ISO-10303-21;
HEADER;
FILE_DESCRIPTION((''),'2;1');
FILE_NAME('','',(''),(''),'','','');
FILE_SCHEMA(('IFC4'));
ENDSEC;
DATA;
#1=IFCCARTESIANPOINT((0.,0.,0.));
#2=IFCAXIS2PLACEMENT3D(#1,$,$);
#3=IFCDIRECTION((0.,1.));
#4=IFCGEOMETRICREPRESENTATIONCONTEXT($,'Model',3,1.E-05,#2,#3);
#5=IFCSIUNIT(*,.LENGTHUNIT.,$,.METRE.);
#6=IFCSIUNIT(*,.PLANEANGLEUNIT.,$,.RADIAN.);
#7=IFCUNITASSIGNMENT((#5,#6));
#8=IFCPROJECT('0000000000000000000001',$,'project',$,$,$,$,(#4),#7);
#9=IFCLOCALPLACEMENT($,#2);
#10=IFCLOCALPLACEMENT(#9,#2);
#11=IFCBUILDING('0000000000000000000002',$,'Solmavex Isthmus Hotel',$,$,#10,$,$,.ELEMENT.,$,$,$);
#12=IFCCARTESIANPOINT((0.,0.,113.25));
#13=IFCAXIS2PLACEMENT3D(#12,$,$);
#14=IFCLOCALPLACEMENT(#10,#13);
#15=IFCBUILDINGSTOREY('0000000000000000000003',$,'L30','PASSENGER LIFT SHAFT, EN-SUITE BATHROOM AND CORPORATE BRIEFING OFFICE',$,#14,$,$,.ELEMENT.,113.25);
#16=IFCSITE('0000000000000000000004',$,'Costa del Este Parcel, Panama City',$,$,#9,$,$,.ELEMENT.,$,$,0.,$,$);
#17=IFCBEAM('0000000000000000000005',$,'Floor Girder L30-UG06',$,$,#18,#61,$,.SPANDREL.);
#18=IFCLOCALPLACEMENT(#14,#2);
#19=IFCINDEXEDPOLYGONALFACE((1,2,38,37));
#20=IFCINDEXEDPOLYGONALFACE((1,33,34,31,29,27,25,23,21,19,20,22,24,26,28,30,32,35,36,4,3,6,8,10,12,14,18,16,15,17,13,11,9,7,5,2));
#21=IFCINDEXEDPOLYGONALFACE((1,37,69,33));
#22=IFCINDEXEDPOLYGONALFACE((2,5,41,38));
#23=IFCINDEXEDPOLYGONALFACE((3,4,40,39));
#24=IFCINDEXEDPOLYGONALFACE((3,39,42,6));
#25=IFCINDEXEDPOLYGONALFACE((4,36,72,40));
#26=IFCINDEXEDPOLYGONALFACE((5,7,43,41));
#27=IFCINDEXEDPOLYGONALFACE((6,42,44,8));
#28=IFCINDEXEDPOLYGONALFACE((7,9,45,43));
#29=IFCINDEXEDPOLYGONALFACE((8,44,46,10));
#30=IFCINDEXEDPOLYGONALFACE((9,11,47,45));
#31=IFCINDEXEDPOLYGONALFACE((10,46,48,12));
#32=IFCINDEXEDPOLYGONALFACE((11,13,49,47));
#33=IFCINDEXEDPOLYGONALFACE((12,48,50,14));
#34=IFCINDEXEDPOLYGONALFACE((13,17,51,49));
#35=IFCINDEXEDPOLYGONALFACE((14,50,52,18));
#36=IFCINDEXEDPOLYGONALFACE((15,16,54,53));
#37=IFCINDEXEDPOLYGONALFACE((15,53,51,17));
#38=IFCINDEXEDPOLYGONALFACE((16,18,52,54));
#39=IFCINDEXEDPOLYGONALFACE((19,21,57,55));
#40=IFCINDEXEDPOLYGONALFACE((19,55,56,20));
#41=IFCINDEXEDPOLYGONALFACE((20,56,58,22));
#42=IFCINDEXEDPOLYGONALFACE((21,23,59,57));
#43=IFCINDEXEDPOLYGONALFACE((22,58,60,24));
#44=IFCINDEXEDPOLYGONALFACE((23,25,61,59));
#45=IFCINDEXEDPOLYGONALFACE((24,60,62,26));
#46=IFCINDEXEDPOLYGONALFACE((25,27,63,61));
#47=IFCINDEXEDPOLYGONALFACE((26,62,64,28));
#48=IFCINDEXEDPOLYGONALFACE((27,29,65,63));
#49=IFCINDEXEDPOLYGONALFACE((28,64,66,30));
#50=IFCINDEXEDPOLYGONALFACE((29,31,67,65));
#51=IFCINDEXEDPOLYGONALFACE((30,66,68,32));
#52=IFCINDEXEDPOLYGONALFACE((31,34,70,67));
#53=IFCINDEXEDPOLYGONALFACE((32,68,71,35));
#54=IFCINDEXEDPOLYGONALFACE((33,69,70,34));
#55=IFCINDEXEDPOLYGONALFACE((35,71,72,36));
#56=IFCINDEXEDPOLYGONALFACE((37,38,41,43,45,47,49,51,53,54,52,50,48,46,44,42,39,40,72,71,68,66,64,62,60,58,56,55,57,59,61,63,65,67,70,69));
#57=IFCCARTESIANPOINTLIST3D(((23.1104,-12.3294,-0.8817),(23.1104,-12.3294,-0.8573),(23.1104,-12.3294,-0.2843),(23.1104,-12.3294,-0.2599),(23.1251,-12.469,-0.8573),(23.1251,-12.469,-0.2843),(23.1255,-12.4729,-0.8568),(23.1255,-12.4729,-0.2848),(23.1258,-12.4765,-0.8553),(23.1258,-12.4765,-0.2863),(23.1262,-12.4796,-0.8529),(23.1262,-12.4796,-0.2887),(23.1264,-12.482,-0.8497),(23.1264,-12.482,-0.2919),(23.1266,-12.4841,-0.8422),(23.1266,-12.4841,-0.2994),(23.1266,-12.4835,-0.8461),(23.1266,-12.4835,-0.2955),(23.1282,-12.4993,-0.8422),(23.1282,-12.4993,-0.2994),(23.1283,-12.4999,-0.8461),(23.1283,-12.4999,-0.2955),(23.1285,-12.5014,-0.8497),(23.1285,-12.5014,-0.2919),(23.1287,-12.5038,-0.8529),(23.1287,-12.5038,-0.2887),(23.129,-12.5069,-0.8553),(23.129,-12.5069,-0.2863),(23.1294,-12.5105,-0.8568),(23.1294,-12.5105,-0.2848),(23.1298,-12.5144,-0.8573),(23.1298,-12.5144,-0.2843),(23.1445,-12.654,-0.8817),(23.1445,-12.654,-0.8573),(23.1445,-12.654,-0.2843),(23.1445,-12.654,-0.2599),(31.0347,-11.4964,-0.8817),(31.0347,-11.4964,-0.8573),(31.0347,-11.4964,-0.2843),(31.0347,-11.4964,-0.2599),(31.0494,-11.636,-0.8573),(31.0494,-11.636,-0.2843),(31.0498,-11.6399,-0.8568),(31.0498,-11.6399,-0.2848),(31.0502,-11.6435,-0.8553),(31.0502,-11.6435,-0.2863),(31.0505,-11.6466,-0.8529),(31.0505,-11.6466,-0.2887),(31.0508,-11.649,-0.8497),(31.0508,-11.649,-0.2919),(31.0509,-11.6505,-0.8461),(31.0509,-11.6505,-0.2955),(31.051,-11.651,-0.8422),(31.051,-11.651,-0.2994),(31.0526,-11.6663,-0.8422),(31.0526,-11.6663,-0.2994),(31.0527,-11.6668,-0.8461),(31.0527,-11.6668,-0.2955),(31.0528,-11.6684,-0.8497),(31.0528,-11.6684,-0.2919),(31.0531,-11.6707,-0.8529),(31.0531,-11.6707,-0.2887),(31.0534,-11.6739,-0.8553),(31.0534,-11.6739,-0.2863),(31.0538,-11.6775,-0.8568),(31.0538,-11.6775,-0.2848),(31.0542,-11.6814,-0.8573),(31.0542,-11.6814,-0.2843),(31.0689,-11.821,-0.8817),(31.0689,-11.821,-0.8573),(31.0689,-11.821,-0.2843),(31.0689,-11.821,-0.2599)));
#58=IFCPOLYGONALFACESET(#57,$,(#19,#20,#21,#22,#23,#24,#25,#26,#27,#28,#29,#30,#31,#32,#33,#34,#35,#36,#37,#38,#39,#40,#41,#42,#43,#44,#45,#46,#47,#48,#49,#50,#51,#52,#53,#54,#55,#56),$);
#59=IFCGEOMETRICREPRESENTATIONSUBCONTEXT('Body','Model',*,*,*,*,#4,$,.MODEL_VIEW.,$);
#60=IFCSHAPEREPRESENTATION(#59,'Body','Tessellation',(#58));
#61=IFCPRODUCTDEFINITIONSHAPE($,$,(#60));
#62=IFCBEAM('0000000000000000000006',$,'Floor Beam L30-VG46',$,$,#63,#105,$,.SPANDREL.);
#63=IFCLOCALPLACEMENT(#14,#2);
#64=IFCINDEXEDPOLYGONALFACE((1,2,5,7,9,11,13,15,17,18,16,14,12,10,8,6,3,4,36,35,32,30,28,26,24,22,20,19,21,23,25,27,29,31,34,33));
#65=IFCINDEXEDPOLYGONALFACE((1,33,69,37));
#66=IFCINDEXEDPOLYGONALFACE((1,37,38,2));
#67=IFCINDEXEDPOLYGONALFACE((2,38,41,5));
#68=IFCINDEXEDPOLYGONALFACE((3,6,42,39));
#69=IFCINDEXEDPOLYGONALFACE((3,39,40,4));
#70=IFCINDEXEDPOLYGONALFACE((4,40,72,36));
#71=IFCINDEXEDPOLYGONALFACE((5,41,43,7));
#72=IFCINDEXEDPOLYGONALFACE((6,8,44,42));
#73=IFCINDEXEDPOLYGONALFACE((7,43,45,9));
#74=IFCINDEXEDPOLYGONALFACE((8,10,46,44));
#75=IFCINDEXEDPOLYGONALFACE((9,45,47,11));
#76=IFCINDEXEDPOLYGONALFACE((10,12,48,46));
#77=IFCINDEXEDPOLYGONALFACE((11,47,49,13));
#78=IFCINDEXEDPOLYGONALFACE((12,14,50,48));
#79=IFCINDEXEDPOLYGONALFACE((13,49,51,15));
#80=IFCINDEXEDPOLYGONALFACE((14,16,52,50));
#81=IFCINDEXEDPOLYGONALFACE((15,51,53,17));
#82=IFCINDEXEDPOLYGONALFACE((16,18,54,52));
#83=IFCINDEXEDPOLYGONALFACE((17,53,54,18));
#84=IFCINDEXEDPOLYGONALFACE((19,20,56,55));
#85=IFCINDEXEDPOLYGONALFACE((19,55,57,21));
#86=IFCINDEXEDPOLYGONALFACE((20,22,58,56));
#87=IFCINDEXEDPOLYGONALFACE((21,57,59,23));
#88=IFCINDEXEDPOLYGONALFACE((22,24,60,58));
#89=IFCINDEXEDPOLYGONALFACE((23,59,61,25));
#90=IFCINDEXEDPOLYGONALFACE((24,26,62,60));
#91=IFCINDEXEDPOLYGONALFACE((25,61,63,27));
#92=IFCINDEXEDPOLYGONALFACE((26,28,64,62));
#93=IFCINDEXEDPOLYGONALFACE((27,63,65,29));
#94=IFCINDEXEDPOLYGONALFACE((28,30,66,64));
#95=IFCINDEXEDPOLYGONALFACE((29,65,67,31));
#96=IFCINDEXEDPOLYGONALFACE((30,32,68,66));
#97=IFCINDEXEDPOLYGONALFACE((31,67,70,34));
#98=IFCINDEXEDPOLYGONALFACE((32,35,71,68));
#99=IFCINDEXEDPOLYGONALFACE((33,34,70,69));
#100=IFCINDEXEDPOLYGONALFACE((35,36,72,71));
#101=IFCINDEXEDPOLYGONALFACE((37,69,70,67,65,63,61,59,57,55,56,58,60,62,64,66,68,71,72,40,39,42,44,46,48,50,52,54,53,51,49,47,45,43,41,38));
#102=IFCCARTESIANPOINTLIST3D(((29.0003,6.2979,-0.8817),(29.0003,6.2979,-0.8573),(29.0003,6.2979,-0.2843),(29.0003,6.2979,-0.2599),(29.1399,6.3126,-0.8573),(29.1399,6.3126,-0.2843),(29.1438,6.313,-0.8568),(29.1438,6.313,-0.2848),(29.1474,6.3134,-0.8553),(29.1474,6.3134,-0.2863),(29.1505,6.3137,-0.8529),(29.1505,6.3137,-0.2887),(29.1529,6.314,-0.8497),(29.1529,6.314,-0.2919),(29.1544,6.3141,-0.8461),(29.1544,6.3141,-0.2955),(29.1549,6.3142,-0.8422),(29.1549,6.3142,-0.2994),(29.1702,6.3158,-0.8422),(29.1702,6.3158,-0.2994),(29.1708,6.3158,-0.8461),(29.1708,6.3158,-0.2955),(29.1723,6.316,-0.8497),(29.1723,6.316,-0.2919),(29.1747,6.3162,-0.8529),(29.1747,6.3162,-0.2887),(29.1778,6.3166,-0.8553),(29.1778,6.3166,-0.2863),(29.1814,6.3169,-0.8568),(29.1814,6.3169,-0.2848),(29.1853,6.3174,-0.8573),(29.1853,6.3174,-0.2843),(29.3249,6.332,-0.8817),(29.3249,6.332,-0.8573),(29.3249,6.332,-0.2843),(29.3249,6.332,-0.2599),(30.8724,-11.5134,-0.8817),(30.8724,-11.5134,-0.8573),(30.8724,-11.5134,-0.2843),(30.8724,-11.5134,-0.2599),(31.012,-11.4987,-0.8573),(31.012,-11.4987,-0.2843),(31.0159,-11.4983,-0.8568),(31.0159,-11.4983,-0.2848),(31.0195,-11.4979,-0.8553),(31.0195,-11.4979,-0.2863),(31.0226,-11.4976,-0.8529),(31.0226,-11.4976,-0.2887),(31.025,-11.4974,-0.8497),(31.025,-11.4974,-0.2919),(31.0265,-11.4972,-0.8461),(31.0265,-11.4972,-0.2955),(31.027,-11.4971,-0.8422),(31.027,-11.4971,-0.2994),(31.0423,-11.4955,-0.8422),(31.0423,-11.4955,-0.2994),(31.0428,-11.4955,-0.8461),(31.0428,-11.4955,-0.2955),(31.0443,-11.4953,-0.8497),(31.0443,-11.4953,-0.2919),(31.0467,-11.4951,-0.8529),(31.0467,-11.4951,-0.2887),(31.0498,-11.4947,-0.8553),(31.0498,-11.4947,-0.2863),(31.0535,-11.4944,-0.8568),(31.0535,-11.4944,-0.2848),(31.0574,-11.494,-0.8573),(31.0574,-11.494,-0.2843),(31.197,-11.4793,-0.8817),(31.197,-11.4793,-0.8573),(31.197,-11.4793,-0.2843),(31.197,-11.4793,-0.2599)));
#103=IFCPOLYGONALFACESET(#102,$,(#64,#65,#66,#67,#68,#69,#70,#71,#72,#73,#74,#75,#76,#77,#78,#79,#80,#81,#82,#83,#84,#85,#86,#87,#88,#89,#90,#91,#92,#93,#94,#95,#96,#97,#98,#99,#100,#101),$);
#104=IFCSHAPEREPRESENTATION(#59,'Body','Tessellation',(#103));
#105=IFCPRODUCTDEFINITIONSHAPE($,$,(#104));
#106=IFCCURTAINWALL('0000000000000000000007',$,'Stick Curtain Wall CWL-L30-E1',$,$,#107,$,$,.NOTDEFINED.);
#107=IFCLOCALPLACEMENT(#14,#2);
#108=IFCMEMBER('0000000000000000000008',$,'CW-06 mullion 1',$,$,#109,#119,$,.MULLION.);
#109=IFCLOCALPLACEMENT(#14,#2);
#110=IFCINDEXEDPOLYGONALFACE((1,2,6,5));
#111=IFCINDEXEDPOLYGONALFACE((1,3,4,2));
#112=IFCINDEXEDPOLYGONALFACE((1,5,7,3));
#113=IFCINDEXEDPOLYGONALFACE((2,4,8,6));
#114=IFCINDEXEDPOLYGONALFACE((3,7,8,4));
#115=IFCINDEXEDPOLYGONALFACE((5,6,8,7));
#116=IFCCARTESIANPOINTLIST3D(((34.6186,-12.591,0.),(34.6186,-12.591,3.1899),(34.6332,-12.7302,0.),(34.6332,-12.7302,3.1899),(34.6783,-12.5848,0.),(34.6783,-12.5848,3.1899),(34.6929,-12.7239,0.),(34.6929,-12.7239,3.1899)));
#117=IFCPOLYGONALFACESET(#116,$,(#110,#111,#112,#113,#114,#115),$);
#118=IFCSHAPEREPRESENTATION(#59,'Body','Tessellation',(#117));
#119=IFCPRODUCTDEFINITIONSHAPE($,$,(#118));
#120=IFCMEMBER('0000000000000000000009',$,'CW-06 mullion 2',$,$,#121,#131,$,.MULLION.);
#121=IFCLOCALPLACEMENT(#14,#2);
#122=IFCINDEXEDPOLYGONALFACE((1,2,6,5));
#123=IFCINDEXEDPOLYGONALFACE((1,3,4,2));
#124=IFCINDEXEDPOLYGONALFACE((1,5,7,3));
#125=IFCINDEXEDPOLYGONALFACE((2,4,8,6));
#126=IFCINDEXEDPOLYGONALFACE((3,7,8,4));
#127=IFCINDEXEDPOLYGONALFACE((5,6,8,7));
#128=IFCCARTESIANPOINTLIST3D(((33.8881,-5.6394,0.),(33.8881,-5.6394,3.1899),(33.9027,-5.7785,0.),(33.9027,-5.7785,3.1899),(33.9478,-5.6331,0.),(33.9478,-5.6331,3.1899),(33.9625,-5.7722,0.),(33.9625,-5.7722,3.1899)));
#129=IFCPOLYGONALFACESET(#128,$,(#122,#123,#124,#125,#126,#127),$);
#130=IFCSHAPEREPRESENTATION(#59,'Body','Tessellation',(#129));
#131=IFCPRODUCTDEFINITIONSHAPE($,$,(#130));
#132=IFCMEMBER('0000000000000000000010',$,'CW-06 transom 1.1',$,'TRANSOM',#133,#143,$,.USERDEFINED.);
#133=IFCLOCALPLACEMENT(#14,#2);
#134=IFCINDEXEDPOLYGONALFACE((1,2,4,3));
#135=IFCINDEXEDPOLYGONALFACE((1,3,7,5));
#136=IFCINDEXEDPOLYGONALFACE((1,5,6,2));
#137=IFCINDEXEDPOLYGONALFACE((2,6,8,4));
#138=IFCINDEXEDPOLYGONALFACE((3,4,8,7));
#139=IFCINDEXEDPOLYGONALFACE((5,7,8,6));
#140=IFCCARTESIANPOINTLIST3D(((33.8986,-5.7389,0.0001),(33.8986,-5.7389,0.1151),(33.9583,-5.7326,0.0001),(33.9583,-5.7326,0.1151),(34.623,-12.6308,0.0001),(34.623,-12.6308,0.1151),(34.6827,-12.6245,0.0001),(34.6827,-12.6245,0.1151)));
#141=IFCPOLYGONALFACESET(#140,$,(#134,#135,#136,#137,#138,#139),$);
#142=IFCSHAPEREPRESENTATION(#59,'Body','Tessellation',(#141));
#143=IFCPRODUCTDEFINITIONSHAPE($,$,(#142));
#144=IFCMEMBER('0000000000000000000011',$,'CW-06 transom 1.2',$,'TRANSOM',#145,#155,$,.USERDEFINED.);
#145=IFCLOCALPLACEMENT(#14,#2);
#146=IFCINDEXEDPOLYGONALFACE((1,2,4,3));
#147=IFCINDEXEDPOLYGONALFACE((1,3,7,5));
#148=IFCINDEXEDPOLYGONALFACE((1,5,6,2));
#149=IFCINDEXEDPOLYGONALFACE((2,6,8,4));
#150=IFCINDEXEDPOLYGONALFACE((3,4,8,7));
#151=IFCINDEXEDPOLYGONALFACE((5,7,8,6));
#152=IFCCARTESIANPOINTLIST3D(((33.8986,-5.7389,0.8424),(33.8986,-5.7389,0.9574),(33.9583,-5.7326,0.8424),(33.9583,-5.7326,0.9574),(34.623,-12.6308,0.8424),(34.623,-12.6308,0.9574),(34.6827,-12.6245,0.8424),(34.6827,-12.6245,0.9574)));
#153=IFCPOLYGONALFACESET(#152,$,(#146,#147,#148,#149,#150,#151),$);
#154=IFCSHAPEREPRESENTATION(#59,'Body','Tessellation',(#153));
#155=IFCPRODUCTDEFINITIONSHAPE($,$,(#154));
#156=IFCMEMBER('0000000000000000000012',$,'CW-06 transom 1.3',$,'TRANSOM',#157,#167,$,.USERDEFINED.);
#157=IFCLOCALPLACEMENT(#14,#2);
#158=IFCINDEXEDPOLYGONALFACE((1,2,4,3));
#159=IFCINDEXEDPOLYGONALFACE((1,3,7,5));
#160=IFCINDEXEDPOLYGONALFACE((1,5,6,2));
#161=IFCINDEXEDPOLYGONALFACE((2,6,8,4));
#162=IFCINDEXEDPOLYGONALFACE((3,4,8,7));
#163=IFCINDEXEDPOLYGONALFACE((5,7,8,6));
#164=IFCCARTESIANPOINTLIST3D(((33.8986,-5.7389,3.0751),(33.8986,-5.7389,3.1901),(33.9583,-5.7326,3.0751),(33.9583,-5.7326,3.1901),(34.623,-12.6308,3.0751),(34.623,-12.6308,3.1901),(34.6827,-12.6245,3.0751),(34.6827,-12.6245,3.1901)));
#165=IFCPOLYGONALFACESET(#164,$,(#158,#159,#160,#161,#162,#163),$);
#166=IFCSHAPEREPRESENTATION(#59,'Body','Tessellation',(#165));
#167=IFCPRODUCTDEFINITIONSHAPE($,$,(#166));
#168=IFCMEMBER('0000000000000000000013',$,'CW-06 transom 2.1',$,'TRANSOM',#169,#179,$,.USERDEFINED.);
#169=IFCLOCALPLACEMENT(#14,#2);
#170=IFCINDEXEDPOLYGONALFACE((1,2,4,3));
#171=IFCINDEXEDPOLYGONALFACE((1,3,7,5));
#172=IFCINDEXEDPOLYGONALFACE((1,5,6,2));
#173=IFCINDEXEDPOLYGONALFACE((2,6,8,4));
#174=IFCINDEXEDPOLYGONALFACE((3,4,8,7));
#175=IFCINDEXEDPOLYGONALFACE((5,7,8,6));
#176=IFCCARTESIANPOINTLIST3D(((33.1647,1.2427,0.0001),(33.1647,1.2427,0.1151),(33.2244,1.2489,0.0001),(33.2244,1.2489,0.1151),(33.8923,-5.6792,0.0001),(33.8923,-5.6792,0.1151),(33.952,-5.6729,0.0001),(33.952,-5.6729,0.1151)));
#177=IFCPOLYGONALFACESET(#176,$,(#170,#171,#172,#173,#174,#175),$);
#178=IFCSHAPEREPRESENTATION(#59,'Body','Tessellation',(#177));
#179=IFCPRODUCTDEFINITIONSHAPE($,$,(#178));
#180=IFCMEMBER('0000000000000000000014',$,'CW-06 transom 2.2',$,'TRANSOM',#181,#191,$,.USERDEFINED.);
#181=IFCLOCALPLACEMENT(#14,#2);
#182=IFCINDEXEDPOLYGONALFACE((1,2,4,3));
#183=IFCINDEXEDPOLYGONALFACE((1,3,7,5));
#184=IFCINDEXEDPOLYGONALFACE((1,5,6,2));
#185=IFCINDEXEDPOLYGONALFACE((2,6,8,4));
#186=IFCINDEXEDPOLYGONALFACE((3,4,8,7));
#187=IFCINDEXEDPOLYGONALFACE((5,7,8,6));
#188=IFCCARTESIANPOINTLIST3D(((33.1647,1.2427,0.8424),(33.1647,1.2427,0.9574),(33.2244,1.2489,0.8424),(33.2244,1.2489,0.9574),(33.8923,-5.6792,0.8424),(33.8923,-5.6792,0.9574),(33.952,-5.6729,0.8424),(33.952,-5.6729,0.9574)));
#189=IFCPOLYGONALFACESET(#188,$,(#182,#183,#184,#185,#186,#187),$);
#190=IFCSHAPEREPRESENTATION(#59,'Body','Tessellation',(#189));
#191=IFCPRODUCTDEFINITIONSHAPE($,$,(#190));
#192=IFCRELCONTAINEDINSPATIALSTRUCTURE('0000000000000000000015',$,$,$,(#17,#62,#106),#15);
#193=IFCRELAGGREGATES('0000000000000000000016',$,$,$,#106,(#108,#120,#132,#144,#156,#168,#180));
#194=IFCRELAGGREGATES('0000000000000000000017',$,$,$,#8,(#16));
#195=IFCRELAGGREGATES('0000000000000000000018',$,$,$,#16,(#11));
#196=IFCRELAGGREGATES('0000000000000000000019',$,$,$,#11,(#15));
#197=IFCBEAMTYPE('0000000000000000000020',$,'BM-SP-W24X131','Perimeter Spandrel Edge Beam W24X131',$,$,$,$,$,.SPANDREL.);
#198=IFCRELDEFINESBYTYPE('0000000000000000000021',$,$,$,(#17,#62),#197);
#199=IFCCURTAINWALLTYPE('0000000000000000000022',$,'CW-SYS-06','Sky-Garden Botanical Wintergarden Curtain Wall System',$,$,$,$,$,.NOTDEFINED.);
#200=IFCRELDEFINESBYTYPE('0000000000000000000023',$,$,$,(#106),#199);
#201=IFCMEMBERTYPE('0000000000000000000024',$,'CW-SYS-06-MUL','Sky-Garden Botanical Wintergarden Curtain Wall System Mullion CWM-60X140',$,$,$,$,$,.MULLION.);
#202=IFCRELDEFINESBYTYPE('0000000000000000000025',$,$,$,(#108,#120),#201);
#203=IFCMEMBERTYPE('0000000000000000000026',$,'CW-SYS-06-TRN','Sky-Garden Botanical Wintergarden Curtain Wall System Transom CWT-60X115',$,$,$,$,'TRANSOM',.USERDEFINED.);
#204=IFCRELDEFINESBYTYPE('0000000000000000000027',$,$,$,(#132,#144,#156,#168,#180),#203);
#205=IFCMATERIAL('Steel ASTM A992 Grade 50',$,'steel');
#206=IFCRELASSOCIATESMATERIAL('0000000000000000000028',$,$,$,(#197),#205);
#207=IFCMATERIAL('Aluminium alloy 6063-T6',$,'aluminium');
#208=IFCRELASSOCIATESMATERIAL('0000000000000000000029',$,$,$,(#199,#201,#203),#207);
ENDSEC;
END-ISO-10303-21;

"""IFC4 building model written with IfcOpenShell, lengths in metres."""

from ifc_helpers import new_model, si_unit, direction, frame, origin, origin_2d, place, context, subcontext, project, spatial, rectangle, i_section, extrude, material, material_profile, profile_set, type_object, element, aggregate, save


model = new_model("IFC4")

# Units and contexts
model_context = context("Model", 3, precision=1e-05, world=origin(), true_north=direction((0.0, 1.0)))
body_context = subcontext(model_context, "Body", "Model", "MODEL_VIEW")
ifc_project = project(units=[si_unit("LENGTHUNIT", "METRE"), si_unit("PLANEANGLEUNIT", "RADIAN")], contexts=[model_context])

# Site, building, storey
site_placement = place(None, origin())
site = spatial("IfcSite", under=ifc_project, at=site_placement, Name="Costa del Este Parcel, Panama City", CompositionType="ELEMENT", RefElevation=0.0)
building_placement = place(site_placement, origin())
building = spatial("IfcBuilding", under=site, at=building_placement, Name="Solmavex Isthmus Hotel", CompositionType="ELEMENT")
storey_placement = place(building_placement, frame((0.0, 0.0, 113.25)))
storey = spatial("IfcBuildingStorey", under=building, at=storey_placement, Name="L30", Description="PASSENGER LIFT SHAFT, EN-SUITE BATHROOM AND CORPORATE BRIEFING OFFICE", CompositionType="ELEMENT", Elevation=113.25)

# Beams
ifc_material_1 = material(Name="Steel ASTM A992 Grade 50", Category="steel")
ifc_material_profile_1 = material_profile(ifc_material_1, i_section(OverallWidth=0.3264, OverallDepth=0.6218, WebThickness=0.0154, FlangeThickness=0.0244, FilletRadius=0.0151, at=origin_2d()), Name="W24X131")
ifc_profile_set_1 = profile_set([ifc_material_profile_1], Name="Steel ASTM A992 Grade 50")
beam_type_1 = type_object("IfcBeamType", Name="BM-SP-W24X131", Description="Perimeter Spandrel Edge Beam W24X131", PredefinedType="SPANDREL", material=ifc_profile_set_1)
beam_1_placement = place(storey_placement, frame((23.1274, -12.4917, -0.5708), z_axis=(0.99452, 0.104544, 0.0), x_axis=(-0.104544, 0.99452, 0.0)))
element("IfcBeam", 1, at=beam_1_placement, inside=storey, type_object=beam_type_1, Name="Floor Girder L30-UG06", PredefinedType="SPANDREL", context=body_context, shape_type="SweptSolid", body=[
    extrude(i_section(OverallWidth=0.3264, OverallDepth=0.6218, WebThickness=0.0154, FlangeThickness=0.0244, FilletRadius=0.0151, at=origin_2d()), origin(), (0.0, 0.0, 1.0), 7.968),
])
beam_2_placement = place(storey_placement, frame((31.0347, -11.4963, -0.5708), z_axis=(-0.10453, 0.994522, 0.0), x_axis=(-0.994522, -0.10453, 0.0)))
element("IfcBeam", 2, at=beam_2_placement, inside=storey, type_object=beam_type_1, Name="Floor Beam L30-VG46", PredefinedType="SPANDREL", context=body_context, shape_type="SweptSolid", body=[
    extrude(i_section(OverallWidth=0.3264, OverallDepth=0.6218, WebThickness=0.0154, FlangeThickness=0.0244, FilletRadius=0.0151, at=origin_2d()), origin(), (0.0, 0.0, 1.0), 17.9094),
])

# Curtain wall, members
ifc_material_2 = material(Name="Aluminium alloy 6063-T6", Category="aluminium")
curtain_wall_type = type_object("IfcCurtainWallType", Name="CW-SYS-06", Description="Sky-Garden Botanical Wintergarden Curtain Wall System", PredefinedType="NOTDEFINED", material=ifc_material_2)
curtain_wall_placement = place(storey_placement, origin())
curtain_wall = element("IfcCurtainWall", 3, at=curtain_wall_placement, inside=storey, type_object=curtain_wall_type, Name="Stick Curtain Wall CWL-L30-E1", PredefinedType="NOTDEFINED")
ifc_material_profile_2 = material_profile(ifc_material_2, rectangle(XDim=0.0601, YDim=0.1399, at=origin_2d()), Name="CWM-60X140")
ifc_profile_set_2 = profile_set([ifc_material_profile_2], Name="Aluminium alloy 6063-T6")
member_type_1 = type_object("IfcMemberType", Name="CW-SYS-06-MUL", Description="Sky-Garden Botanical Wintergarden Curtain Wall System Mullion CWM-60X140", PredefinedType="MULLION", material=ifc_profile_set_2)
member_1_placement = place(storey_placement, frame((34.6558, -12.6575, 0.0), z_axis=(0.0, 0.0, 1.0), x_axis=(-0.994522, -0.104528, 0.0)))
member_1 = element("IfcMember", 4, at=member_1_placement, type_object=member_type_1, Name="CW-06 mullion 1", PredefinedType="MULLION", context=body_context, shape_type="SweptSolid", body=[
    extrude(rectangle(XDim=0.0601, YDim=0.1399, at=origin_2d()), origin(), (0.0, 0.0, 1.0), 3.1899),
])
member_2_placement = place(storey_placement, frame((33.9253, -5.7058, 0.0), z_axis=(0.0, 0.0, 1.0), x_axis=(-0.994522, -0.104528, 0.0)))
member_2 = element("IfcMember", 5, at=member_2_placement, type_object=member_type_1, Name="CW-06 mullion 2", PredefinedType="MULLION", context=body_context, shape_type="SweptSolid", body=[
    extrude(rectangle(XDim=0.0601, YDim=0.1399, at=origin_2d()), origin(), (0.0, 0.0, 1.0), 3.1899),
])
ifc_material_profile_3 = material_profile(ifc_material_2, rectangle(XDim=0.0601, YDim=0.115, at=origin_2d()), Name="CWT-60X115")
ifc_profile_set_3 = profile_set([ifc_material_profile_3], Name="Aluminium alloy 6063-T6")
member_type_2 = type_object("IfcMemberType", Name="CW-SYS-06-TRN", Description="Sky-Garden Botanical Wintergarden Curtain Wall System Transom CWT-60X115", ElementType="TRANSOM", PredefinedType="USERDEFINED", material=ifc_profile_set_3)
member_3_placement = place(storey_placement, frame((34.6528, -12.6277, 0.0576), z_axis=(-0.104525, 0.994522, 0.0), x_axis=(-0.994522, -0.104525, 0.0)))
member_3 = element("IfcMember", 6, at=member_3_placement, type_object=member_type_2, Name="CW-06 transom 1.1", ObjectType="TRANSOM", PredefinedType="USERDEFINED", context=body_context, shape_type="SweptSolid", body=[
    extrude(rectangle(XDim=0.0601, YDim=0.115, at=origin_2d()), origin(), (0.0, 0.0, 1.0), 6.9299),
])
member_4_placement = place(storey_placement, frame((34.6528, -12.6277, 0.8999), z_axis=(-0.104525, 0.994522, 0.0), x_axis=(-0.994522, -0.104525, 0.0)))
member_4 = element("IfcMember", 7, at=member_4_placement, type_object=member_type_2, Name="CW-06 transom 1.2", ObjectType="TRANSOM", PredefinedType="USERDEFINED", context=body_context, shape_type="SweptSolid", body=[
    extrude(rectangle(XDim=0.0601, YDim=0.115, at=origin_2d()), origin(), (0.0, 0.0, 1.0), 6.9299),
])
member_5_placement = place(storey_placement, frame((34.6528, -12.6277, 3.1326), z_axis=(-0.104525, 0.994522, 0.0), x_axis=(-0.994522, -0.104525, 0.0)))
member_5 = element("IfcMember", 8, at=member_5_placement, type_object=member_type_2, Name="CW-06 transom 1.3", ObjectType="TRANSOM", PredefinedType="USERDEFINED", context=body_context, shape_type="SweptSolid", body=[
    extrude(rectangle(XDim=0.0601, YDim=0.115, at=origin_2d()), origin(), (0.0, 0.0, 1.0), 6.9299),
])
member_6_placement = place(storey_placement, frame((33.9221, -5.676, 0.0576), z_axis=(-0.104531, 0.994522, 0.0), x_axis=(-0.994522, -0.104531, 0.0)))
member_6 = element("IfcMember", 9, at=member_6_placement, type_object=member_type_2, Name="CW-06 transom 2.1", ObjectType="TRANSOM", PredefinedType="USERDEFINED", context=body_context, shape_type="SweptSolid", body=[
    extrude(rectangle(XDim=0.0601, YDim=0.115, at=origin_2d()), origin(), (0.0, 0.0, 1.0), 6.96),
])
member_7_placement = place(storey_placement, frame((33.9221, -5.676, 0.8999), z_axis=(-0.104531, 0.994522, 0.0), x_axis=(-0.994522, -0.104531, 0.0)))
member_7 = element("IfcMember", 10, at=member_7_placement, type_object=member_type_2, Name="CW-06 transom 2.2", ObjectType="TRANSOM", PredefinedType="USERDEFINED", context=body_context, shape_type="SweptSolid", body=[
    extrude(rectangle(XDim=0.0601, YDim=0.115, at=origin_2d()), origin(), (0.0, 0.0, 1.0), 6.96),
])
aggregate(curtain_wall, [member_1, member_2, member_3, member_4, member_5, member_6, member_7])

save(model, "model.ifc")
